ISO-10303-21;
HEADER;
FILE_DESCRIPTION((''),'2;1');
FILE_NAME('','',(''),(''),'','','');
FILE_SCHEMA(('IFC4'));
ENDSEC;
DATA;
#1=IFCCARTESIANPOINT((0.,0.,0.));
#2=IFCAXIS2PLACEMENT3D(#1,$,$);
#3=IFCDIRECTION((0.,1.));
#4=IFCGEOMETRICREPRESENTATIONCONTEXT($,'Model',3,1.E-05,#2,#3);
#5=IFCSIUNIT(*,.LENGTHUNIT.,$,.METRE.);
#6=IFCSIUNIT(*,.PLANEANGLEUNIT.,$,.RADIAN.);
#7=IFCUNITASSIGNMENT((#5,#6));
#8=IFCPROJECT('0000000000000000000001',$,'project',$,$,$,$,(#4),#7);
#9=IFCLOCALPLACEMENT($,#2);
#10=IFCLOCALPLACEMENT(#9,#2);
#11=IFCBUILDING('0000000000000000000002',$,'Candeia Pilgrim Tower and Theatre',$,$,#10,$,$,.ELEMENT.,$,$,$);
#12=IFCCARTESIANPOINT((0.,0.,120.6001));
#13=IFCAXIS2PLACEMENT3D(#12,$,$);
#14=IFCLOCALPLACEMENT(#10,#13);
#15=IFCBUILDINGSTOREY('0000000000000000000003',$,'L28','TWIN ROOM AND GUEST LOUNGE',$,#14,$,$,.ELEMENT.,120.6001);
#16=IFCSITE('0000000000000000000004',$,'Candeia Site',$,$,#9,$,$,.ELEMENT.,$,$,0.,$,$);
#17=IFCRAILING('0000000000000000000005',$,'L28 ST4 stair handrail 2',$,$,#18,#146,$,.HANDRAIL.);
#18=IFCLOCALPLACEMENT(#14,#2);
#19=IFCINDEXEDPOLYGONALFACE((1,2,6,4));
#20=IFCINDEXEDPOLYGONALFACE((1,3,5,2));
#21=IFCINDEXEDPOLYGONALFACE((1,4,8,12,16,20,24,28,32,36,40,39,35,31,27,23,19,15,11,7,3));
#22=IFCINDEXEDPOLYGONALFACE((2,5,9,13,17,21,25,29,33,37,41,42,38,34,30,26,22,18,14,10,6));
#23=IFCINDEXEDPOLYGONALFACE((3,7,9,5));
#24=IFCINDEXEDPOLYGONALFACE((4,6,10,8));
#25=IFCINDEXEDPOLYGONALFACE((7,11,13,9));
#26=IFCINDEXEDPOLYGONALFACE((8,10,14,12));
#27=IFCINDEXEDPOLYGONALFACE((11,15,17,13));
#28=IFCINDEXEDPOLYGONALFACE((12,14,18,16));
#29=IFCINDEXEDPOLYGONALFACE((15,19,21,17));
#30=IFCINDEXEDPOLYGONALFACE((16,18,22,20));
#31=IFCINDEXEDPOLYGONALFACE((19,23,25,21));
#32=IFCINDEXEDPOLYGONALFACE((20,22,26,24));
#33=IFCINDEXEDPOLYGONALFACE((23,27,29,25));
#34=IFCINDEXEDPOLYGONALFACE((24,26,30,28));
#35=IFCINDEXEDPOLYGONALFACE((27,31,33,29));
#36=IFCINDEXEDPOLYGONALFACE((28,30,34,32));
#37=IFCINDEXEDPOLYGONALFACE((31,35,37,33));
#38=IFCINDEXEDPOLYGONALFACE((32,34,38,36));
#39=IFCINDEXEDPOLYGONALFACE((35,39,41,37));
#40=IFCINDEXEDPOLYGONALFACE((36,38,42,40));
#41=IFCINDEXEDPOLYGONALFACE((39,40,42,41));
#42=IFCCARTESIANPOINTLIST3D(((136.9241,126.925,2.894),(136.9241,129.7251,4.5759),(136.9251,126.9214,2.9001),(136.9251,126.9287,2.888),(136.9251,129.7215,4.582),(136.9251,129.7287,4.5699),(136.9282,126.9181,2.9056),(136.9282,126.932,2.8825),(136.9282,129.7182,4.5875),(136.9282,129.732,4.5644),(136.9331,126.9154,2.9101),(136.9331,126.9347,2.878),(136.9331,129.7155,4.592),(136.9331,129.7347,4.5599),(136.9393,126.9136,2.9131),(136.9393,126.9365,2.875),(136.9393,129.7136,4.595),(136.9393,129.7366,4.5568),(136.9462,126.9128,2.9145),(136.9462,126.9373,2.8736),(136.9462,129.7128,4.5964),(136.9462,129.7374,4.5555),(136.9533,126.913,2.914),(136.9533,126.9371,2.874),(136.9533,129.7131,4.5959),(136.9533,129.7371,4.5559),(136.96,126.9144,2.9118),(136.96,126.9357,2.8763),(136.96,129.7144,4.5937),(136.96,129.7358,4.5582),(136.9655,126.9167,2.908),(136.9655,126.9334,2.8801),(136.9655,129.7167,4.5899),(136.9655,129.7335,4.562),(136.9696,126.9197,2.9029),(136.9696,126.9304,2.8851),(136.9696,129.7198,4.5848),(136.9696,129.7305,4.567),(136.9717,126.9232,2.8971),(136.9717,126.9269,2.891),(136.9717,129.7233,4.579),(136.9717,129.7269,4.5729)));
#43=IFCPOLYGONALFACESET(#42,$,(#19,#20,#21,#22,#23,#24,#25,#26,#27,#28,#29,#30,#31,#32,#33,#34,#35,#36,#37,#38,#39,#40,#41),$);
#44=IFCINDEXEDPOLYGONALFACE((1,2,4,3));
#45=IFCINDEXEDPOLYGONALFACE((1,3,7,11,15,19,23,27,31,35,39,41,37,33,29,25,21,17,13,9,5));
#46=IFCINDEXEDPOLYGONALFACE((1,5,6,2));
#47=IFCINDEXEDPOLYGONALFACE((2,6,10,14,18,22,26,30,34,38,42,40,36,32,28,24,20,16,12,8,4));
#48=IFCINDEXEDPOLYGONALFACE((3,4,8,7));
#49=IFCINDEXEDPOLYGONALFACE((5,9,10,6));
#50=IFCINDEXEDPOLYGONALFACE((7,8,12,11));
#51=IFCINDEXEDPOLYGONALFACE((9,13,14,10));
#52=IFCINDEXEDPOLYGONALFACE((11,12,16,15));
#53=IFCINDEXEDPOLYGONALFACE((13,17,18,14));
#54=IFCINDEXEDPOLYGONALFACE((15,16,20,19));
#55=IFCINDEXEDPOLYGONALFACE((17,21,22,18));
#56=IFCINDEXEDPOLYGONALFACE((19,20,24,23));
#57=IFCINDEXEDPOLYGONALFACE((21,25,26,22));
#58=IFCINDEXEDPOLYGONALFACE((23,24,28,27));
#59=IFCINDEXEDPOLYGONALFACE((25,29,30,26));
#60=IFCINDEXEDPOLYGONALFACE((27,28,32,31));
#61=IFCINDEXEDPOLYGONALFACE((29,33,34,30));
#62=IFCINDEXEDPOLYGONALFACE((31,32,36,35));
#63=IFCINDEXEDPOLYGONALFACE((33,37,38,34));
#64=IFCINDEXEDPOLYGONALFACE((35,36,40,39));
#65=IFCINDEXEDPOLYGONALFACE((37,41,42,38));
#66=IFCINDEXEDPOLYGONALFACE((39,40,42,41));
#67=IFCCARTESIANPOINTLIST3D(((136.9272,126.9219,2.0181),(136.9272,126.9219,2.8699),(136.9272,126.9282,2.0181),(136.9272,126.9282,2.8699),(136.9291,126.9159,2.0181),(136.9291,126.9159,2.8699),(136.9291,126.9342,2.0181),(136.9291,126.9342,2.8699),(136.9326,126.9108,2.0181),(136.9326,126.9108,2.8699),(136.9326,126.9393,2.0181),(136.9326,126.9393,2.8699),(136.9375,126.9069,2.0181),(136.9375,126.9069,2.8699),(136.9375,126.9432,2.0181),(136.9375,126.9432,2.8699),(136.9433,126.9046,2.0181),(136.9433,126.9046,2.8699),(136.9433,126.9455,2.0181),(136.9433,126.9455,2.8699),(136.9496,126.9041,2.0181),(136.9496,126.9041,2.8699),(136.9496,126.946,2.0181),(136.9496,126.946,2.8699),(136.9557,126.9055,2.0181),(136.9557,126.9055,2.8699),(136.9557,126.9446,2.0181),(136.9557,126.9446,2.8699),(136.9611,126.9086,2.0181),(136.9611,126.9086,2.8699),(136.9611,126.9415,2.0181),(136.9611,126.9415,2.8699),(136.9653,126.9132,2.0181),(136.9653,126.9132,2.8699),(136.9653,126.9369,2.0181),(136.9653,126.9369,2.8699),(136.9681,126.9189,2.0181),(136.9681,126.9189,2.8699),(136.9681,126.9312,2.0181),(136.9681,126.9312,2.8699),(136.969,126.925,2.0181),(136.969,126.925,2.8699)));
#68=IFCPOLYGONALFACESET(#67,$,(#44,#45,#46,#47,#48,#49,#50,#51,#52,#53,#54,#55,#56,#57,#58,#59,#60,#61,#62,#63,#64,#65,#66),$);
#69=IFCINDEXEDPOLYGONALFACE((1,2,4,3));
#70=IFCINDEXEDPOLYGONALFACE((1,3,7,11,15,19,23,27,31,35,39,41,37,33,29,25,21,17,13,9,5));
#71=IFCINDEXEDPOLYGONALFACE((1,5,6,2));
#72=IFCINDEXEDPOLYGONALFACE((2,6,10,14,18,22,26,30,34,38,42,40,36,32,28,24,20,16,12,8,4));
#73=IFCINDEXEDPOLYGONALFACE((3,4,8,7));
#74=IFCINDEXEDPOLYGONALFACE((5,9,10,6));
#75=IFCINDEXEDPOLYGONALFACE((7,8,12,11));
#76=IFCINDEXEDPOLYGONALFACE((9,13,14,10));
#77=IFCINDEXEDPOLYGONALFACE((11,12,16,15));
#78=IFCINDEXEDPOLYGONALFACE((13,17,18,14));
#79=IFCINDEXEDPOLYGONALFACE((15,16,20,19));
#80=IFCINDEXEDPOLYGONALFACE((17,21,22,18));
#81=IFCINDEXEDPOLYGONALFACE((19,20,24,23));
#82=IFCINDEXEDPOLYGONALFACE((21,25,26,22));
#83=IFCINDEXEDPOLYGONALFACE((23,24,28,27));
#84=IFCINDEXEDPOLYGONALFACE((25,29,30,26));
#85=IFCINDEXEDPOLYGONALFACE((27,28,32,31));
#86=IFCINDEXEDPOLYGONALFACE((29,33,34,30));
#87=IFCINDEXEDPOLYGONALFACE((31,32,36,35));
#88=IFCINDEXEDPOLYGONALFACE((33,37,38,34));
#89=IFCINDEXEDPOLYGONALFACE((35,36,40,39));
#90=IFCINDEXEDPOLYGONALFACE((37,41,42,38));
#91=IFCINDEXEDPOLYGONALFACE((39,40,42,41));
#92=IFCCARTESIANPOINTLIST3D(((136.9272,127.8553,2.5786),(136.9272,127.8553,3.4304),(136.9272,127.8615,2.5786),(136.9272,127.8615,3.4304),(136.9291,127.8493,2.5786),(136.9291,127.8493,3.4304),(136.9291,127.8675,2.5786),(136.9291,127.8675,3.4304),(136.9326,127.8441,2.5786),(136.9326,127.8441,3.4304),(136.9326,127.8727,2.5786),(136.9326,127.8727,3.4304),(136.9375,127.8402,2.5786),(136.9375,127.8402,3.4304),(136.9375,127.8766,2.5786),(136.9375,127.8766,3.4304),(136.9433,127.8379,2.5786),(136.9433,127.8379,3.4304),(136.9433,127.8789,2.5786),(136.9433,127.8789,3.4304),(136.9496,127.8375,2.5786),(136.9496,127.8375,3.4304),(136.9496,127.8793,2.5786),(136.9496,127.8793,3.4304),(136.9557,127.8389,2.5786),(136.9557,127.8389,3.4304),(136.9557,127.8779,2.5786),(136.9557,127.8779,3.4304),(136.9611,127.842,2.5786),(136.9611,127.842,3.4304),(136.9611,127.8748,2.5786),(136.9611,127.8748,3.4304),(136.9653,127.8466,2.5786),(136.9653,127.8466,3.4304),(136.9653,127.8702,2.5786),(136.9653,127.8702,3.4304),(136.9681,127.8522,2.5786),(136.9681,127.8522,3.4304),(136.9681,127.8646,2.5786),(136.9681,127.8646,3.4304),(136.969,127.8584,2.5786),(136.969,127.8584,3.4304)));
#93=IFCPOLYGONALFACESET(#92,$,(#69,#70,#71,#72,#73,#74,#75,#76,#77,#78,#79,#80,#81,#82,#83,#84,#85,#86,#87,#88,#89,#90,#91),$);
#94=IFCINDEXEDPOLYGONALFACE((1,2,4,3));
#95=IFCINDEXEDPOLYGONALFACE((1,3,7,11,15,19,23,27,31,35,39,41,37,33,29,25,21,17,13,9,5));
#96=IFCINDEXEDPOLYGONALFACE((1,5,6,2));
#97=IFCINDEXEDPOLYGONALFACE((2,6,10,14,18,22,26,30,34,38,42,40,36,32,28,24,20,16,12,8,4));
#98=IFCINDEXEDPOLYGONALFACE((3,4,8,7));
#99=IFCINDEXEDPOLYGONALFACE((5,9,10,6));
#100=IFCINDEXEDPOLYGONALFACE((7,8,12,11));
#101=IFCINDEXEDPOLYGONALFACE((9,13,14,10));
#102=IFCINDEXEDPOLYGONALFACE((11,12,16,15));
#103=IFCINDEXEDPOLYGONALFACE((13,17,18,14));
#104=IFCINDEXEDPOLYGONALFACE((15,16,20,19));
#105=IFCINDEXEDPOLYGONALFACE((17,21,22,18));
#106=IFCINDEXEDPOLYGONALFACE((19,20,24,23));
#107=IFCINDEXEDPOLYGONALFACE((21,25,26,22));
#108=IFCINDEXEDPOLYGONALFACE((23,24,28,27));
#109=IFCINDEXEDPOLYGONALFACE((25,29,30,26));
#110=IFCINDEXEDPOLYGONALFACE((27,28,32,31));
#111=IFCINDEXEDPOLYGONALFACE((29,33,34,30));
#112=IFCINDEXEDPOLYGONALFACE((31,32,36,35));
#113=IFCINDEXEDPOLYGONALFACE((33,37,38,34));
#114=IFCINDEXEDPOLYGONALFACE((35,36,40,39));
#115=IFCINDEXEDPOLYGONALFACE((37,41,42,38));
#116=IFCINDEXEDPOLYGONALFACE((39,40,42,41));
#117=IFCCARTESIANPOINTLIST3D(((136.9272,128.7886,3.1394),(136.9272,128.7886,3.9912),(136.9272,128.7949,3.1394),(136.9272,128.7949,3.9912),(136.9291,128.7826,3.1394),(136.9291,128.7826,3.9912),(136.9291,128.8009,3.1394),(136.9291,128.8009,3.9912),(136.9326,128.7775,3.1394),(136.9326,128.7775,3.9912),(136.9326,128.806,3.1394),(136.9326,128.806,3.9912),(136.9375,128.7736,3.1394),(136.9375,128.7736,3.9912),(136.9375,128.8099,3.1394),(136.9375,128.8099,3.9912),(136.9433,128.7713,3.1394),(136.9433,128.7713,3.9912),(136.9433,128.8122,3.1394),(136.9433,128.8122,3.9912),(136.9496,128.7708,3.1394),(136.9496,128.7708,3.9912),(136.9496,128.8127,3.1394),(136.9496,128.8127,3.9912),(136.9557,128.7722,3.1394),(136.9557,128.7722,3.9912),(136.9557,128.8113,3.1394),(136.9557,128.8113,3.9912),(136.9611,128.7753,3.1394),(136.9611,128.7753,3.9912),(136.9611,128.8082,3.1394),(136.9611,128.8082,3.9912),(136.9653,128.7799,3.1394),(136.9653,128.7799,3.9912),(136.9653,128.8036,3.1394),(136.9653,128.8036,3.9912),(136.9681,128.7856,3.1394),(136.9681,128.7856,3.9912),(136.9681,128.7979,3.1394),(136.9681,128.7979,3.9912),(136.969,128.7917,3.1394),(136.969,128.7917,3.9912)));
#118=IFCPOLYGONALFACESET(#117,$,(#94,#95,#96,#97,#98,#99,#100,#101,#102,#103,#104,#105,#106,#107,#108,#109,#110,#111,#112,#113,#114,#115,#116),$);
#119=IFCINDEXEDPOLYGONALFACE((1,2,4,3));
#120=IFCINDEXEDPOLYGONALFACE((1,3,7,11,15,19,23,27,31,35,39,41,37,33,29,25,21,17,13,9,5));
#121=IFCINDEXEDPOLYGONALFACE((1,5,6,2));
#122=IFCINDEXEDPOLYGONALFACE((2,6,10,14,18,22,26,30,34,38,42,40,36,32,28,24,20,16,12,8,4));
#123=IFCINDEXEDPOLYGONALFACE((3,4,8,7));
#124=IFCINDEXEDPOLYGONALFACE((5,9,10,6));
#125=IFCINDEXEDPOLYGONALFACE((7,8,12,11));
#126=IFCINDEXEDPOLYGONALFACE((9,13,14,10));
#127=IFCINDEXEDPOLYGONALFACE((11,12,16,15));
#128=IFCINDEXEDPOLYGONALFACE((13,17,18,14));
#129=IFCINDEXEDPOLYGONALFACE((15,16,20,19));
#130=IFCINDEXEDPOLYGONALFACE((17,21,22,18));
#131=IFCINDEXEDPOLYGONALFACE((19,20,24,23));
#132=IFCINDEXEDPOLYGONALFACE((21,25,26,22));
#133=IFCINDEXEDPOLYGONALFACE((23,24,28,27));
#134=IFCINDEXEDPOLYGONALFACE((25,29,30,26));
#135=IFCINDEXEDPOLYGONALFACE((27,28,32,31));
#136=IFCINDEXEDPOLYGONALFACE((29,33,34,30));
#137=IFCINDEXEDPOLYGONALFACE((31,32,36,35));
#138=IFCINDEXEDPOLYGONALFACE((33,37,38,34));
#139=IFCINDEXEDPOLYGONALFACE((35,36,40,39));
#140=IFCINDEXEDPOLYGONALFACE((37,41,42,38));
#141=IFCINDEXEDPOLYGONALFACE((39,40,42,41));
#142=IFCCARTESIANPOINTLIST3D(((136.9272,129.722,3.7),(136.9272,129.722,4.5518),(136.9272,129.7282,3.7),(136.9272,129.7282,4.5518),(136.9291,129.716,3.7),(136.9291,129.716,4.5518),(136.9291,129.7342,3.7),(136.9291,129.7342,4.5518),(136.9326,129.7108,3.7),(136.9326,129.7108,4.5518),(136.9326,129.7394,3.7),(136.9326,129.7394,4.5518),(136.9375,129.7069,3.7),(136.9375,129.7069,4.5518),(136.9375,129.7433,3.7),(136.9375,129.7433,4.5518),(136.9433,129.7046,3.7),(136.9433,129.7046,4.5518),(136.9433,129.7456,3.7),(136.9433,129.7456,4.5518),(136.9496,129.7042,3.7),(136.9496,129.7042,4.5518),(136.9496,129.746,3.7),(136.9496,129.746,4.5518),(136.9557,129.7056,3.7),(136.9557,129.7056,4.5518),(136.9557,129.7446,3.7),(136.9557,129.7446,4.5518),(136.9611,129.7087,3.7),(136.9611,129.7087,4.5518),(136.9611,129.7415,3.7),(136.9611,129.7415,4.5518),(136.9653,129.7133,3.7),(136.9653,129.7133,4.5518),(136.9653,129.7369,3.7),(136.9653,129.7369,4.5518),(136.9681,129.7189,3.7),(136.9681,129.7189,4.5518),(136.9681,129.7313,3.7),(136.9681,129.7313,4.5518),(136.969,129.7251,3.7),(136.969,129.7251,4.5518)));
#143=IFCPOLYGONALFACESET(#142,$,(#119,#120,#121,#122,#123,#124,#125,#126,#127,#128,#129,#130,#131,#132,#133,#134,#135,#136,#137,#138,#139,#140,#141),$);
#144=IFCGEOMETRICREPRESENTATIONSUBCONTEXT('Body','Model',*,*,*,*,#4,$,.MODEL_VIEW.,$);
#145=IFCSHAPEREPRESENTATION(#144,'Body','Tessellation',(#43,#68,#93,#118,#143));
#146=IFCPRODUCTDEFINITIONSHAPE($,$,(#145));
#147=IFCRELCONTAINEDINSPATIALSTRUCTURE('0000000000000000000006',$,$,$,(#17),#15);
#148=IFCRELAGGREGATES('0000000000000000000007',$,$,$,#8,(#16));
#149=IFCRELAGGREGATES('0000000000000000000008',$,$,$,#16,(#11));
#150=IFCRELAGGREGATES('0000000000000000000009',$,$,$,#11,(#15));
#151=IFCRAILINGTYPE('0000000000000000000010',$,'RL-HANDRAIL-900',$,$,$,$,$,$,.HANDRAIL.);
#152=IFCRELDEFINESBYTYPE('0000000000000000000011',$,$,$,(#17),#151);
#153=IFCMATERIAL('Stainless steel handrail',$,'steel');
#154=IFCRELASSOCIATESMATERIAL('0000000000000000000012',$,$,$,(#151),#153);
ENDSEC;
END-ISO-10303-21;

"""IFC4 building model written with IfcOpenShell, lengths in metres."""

from ifc_helpers import new_model, si_unit, direction, frame, origin, origin_2d, place, context, subcontext, project, spatial, circle, extrude, material, type_object, element, save


model = new_model("IFC4")

# Units and contexts
model_context = context("Model", 3, precision=1e-05, world=origin(), true_north=direction((0.0, 1.0)))
body_context = subcontext(model_context, "Body", "Model", "MODEL_VIEW")
ifc_project = project(units=[si_unit("LENGTHUNIT", "METRE"), si_unit("PLANEANGLEUNIT", "RADIAN")], contexts=[model_context])

# Site, building, storey
site_placement = place(None, origin())
site = spatial("IfcSite", under=ifc_project, at=site_placement, Name="Candeia Site", CompositionType="ELEMENT", RefElevation=0.0)
building_placement = place(site_placement, origin())
building = spatial("IfcBuilding", under=site, at=building_placement, Name="Candeia Pilgrim Tower and Theatre", CompositionType="ELEMENT")
storey_placement = place(building_placement, frame((0.0, 0.0, 120.6001)))
storey = spatial("IfcBuildingStorey", under=building, at=storey_placement, Name="L28", Description="TWIN ROOM AND GUEST LOUNGE", CompositionType="ELEMENT", Elevation=120.6001)

# Railing
ifc_material_1 = material(Name="Stainless steel handrail", Category="steel")
railing_type_1 = type_object("IfcRailingType", Name="RL-HANDRAIL-900", PredefinedType="HANDRAIL", material=ifc_material_1)
railing_1_placement = place(storey_placement, frame((136.948, 126.925, 2.0181)))
element("IfcRailing", 1, at=railing_1_placement, inside=storey, type_object=railing_type_1, Name="L28 ST4 stair handrail 2", PredefinedType="HANDRAIL", context=body_context, shape_type="SweptSolid", body=[
    extrude(circle(Radius=0.0239, at=origin_2d()), frame((0.0, 0.0, 0.876), z_axis=(0.0, 0.857242, 0.514913), x_axis=(-1.0, 0.0, 0.0)), (0.0, 0.0, 1.0), 3.2664),
    extrude(circle(Radius=0.021, at=origin_2d()), origin(), (0.0, 0.0, 1.0), 0.8518),
    extrude(circle(Radius=0.021, at=origin_2d()), frame((0.0, 0.9333, 0.5605)), (0.0, 0.0, 1.0), 0.8518),
    extrude(circle(Radius=0.021, at=origin_2d()), frame((0.0, 1.8667, 1.1213)), (0.0, 0.0, 1.0), 0.8518),
    extrude(circle(Radius=0.021, at=origin_2d()), frame((0.0, 2.8, 1.6819)), (0.0, 0.0, 1.0), 0.8518),
])

save(model, "model.ifc")
